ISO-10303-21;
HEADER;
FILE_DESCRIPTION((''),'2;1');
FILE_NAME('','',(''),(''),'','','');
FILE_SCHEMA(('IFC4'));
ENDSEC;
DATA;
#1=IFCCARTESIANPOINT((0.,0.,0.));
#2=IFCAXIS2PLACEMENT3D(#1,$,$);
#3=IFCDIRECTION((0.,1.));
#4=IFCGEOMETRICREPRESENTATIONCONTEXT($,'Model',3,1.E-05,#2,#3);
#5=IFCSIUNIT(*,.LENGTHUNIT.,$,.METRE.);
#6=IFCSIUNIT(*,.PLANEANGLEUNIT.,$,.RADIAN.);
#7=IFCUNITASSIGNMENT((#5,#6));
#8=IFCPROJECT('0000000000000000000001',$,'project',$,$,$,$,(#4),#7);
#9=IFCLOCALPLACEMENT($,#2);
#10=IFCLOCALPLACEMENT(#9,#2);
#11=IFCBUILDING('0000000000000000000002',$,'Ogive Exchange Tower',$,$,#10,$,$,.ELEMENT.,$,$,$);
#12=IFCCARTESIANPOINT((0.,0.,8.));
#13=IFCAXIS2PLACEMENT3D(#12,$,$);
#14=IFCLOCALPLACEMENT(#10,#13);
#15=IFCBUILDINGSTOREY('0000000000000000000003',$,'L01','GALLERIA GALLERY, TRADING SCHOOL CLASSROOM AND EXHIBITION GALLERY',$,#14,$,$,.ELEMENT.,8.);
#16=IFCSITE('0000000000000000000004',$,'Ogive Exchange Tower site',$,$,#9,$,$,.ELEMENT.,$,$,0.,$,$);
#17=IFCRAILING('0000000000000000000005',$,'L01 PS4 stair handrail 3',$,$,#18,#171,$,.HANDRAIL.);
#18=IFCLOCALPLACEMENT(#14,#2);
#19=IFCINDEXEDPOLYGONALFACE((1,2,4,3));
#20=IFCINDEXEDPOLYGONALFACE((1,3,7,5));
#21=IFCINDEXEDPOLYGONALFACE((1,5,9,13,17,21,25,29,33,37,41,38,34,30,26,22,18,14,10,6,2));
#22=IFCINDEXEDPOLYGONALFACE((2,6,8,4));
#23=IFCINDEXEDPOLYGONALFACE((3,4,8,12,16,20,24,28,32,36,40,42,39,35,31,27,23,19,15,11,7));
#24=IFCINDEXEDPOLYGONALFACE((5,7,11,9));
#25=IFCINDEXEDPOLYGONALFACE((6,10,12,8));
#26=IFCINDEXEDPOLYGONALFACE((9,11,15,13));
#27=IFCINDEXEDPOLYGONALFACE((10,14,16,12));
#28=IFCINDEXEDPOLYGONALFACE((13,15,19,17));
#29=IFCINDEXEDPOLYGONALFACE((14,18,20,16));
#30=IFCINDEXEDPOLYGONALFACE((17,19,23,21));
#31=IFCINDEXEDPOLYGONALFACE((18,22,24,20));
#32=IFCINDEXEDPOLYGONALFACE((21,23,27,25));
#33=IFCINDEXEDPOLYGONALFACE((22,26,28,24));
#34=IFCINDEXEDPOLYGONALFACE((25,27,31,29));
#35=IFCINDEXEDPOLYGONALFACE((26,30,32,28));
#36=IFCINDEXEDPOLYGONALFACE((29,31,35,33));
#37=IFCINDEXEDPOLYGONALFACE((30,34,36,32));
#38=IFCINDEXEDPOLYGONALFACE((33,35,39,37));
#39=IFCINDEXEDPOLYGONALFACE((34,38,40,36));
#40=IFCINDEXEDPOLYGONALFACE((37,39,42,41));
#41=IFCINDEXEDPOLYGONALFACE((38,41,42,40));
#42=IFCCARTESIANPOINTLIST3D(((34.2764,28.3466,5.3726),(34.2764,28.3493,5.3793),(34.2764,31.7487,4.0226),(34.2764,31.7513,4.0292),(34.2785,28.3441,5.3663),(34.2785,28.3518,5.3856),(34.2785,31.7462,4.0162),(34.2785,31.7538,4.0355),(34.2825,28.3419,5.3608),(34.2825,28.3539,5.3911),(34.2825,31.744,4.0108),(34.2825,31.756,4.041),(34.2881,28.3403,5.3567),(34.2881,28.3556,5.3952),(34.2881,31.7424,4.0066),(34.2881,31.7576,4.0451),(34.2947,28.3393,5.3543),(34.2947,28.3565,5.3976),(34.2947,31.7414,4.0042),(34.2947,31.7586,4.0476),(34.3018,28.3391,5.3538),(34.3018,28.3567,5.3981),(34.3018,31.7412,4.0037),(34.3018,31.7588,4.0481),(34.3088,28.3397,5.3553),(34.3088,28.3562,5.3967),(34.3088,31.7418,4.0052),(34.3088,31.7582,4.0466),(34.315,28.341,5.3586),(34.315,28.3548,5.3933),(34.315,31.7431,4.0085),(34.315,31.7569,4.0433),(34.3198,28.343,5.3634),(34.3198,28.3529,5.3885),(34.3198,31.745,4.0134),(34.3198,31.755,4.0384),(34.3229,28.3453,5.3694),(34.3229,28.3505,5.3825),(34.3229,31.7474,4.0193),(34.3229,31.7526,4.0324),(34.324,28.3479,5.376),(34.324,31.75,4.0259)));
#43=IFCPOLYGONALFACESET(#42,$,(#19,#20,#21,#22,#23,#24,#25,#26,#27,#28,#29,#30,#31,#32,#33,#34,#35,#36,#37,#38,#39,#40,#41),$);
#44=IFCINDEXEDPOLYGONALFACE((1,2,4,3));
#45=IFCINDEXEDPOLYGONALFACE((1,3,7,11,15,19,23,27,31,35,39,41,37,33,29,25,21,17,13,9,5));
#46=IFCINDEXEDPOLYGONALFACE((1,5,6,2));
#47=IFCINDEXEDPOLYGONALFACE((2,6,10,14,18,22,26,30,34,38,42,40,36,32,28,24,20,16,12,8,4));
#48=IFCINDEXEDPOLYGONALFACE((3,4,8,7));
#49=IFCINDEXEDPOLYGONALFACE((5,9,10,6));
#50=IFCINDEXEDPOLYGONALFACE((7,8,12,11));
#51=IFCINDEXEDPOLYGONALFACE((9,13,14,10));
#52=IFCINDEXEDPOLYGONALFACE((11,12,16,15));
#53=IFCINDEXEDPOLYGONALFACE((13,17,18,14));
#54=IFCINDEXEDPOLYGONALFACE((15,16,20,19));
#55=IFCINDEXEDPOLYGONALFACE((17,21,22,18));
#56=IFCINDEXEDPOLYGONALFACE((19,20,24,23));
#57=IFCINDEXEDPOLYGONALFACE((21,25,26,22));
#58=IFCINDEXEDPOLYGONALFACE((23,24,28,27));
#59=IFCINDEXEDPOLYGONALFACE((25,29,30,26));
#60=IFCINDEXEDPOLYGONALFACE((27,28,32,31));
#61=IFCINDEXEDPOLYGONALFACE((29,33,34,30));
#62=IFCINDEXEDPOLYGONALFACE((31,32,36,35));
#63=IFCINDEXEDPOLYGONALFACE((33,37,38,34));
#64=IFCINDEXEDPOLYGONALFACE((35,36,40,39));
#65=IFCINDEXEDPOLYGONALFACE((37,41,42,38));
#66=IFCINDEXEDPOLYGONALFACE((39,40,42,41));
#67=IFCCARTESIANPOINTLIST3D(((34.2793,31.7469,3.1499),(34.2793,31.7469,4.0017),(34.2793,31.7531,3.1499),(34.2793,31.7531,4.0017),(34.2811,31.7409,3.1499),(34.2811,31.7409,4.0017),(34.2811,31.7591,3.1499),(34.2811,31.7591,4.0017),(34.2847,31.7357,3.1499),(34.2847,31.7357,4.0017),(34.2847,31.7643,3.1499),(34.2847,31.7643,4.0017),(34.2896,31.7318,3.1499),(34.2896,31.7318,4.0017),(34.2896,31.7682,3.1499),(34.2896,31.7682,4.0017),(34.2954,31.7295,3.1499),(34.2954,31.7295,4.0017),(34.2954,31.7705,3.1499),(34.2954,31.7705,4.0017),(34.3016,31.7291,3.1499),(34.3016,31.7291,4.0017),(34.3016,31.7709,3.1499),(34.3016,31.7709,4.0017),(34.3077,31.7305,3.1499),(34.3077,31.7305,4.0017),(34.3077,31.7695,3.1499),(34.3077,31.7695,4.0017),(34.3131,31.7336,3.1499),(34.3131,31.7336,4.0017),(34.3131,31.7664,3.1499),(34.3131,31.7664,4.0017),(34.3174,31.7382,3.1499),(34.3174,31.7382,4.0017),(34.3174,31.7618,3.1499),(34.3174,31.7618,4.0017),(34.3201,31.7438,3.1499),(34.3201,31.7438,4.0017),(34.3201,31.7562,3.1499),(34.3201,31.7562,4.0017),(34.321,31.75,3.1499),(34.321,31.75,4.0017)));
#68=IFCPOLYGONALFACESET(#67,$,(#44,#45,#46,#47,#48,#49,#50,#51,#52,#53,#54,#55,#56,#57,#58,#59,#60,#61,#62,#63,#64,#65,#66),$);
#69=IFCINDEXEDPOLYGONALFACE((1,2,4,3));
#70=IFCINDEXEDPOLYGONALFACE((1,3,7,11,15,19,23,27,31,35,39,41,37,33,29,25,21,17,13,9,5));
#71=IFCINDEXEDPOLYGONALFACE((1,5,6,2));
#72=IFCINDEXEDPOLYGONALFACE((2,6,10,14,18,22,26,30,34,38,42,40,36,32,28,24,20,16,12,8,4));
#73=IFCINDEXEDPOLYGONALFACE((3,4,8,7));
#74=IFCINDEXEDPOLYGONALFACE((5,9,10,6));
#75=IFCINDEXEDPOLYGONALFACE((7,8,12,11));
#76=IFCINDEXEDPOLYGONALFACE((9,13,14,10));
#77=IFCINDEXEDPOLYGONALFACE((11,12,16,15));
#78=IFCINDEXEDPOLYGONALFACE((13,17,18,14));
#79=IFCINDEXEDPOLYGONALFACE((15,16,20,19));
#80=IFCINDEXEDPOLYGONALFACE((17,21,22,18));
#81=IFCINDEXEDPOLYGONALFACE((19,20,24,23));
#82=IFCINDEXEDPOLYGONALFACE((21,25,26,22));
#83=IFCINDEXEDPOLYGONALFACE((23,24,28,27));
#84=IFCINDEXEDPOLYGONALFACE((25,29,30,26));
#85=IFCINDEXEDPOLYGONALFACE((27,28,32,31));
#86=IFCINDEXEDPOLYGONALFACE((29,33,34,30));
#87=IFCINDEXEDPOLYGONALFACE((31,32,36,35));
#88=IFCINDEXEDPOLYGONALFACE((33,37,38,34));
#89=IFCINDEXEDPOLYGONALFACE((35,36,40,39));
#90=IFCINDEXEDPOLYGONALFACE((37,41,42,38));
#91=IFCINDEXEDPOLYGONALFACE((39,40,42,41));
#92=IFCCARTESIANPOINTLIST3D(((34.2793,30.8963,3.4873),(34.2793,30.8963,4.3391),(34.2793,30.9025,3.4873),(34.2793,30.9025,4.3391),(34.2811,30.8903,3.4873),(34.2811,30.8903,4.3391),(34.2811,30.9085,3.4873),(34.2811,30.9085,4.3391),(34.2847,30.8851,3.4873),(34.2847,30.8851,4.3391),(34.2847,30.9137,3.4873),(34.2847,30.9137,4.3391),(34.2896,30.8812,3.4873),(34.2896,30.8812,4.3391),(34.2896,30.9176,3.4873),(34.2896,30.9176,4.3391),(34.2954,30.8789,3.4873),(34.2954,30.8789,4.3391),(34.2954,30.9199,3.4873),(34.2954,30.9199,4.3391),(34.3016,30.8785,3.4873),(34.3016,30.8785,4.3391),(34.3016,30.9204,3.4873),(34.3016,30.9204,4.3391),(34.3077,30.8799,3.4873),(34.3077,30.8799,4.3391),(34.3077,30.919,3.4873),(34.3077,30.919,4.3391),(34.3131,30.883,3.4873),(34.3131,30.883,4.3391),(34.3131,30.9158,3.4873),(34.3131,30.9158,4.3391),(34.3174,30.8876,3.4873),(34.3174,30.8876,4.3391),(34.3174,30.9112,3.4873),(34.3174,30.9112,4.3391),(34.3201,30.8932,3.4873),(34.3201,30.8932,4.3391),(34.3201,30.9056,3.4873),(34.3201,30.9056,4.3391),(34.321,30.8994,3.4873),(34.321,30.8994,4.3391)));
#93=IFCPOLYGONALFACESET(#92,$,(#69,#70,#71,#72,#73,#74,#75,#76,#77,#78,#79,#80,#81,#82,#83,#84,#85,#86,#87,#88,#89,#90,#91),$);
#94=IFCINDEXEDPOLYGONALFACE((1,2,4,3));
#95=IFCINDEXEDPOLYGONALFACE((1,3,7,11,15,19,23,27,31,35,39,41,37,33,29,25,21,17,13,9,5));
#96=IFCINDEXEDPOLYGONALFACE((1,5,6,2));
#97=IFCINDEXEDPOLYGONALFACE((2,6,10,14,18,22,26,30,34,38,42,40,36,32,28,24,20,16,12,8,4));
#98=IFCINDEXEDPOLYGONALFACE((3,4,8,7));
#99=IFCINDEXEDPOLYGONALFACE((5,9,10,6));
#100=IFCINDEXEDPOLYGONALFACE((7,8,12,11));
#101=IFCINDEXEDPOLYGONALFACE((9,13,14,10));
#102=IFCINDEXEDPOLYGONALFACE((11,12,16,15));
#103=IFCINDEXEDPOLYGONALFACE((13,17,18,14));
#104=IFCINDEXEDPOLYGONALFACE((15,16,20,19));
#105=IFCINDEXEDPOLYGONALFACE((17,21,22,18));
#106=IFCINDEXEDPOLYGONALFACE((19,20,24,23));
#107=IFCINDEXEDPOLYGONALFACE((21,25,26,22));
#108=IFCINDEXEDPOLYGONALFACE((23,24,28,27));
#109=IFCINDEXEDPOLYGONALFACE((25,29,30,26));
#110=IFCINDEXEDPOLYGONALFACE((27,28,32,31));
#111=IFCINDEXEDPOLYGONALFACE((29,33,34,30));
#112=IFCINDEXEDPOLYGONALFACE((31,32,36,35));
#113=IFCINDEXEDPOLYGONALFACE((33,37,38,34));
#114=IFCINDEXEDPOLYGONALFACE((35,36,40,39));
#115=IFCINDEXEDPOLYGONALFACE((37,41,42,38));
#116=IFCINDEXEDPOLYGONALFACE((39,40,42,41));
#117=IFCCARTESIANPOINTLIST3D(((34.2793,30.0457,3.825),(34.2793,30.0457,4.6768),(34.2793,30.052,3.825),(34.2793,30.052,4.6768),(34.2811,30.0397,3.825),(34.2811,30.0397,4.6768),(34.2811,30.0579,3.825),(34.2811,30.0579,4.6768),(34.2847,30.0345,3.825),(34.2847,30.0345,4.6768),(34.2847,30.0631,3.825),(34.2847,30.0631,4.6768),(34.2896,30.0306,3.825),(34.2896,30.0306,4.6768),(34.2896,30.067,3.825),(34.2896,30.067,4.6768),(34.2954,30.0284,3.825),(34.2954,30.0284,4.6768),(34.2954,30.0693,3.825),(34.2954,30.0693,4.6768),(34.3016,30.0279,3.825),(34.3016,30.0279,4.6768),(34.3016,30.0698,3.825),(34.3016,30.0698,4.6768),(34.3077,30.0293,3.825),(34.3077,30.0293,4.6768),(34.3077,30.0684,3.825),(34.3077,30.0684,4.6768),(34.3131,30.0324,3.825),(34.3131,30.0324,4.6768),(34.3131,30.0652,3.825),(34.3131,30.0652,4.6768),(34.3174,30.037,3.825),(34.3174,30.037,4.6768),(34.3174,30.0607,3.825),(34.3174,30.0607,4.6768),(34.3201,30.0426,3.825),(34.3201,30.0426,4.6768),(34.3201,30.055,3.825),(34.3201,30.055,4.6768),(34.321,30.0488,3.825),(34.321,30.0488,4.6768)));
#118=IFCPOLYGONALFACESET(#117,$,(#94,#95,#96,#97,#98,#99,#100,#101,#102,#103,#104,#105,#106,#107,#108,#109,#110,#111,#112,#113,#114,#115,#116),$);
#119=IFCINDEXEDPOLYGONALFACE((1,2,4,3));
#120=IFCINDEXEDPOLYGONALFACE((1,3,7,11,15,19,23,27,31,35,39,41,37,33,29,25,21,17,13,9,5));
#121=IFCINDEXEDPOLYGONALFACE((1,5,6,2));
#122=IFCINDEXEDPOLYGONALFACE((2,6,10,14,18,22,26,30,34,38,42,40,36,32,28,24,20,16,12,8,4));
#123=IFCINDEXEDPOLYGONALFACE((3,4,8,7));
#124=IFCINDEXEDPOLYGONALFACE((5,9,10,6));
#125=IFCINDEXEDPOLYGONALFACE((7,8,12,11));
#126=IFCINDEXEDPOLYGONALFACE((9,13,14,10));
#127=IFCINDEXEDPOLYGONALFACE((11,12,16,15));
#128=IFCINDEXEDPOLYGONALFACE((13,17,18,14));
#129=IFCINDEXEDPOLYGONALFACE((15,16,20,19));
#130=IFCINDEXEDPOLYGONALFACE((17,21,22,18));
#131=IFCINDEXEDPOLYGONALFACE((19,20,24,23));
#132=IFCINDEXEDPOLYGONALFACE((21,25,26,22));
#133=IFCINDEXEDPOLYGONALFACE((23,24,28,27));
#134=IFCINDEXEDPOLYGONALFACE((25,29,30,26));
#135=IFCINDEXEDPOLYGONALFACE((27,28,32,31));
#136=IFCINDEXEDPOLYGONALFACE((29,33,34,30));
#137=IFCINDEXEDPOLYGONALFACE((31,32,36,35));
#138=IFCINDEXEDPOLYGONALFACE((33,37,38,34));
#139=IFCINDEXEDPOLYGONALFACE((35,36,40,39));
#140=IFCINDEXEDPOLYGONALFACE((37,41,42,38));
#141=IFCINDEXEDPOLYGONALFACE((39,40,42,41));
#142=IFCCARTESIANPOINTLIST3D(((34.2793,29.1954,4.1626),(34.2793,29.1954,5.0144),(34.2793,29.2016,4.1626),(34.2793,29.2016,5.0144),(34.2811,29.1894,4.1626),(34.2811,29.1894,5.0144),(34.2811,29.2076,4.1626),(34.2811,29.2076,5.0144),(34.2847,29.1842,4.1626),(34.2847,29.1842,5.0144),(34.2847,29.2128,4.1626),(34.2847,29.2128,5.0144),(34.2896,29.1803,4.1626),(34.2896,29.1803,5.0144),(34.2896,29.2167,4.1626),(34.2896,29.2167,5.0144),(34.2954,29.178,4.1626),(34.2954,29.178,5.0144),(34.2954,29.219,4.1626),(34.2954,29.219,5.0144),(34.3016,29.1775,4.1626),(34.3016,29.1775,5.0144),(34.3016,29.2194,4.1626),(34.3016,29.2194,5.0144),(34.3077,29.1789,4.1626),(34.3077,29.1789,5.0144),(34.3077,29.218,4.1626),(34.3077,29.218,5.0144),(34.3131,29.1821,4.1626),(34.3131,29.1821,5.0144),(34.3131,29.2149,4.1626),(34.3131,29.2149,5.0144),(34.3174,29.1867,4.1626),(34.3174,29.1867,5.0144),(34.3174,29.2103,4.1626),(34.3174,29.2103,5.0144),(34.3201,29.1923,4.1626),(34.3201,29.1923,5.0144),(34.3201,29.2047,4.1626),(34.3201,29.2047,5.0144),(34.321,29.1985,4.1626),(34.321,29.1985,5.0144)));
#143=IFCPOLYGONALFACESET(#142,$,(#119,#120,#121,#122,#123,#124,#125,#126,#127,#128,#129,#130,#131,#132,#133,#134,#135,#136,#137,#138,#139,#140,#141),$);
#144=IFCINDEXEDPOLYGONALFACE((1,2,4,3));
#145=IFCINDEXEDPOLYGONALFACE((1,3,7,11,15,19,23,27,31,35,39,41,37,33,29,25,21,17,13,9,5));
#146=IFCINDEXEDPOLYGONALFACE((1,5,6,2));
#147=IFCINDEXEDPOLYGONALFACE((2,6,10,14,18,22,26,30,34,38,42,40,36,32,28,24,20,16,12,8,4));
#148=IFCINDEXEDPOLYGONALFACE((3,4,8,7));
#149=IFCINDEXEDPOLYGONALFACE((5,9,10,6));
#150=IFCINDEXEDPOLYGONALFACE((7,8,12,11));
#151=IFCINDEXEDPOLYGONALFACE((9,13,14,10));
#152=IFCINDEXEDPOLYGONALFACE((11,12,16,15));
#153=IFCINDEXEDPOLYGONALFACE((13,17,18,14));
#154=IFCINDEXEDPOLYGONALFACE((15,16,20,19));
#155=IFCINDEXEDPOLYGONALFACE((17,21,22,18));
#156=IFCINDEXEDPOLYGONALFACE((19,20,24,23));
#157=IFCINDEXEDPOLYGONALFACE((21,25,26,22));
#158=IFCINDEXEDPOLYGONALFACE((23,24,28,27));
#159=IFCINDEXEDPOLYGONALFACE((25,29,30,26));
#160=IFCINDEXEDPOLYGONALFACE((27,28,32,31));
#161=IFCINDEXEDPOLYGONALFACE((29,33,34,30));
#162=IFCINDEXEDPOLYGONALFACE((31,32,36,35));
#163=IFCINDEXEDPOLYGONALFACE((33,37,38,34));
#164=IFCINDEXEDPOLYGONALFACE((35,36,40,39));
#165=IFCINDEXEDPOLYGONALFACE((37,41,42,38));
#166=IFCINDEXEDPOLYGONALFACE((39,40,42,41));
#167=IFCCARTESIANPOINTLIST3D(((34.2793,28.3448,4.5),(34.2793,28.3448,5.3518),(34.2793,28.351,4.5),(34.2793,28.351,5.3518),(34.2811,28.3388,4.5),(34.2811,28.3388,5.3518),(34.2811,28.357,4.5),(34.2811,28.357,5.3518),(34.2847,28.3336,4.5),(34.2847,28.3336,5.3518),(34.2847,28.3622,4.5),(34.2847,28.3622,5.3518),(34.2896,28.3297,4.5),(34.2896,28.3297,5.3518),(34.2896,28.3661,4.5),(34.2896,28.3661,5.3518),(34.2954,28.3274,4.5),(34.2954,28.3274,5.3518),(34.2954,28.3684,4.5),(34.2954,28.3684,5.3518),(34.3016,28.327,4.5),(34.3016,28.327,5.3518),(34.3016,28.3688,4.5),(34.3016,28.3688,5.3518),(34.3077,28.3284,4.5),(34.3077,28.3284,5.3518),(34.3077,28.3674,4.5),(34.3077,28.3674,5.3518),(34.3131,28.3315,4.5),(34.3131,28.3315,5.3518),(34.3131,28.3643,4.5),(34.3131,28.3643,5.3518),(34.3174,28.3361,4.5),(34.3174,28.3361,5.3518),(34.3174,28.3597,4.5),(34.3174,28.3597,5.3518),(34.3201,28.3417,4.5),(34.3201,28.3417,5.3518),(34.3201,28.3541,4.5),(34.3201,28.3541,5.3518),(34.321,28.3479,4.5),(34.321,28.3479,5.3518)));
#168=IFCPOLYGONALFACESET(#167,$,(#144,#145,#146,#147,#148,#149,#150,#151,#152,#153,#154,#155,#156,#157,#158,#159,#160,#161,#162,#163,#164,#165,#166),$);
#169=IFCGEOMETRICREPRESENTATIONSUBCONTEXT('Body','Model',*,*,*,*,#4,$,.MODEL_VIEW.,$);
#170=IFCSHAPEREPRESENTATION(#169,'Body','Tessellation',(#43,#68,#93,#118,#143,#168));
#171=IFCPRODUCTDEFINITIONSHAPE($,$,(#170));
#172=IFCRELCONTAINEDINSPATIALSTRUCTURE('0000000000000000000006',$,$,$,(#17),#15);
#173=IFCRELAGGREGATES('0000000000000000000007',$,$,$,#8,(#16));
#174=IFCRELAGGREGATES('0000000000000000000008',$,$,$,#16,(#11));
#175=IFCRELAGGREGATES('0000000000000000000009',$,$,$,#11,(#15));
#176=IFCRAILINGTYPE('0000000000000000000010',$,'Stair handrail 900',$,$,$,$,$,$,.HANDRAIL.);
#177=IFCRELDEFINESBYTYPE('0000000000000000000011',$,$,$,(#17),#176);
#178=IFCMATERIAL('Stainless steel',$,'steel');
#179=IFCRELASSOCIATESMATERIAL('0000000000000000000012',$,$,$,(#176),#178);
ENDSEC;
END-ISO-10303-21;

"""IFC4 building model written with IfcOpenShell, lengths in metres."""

from ifc_helpers import new_model, si_unit, direction, frame, origin, origin_2d, place, context, subcontext, project, spatial, circle, extrude, material, type_object, element, save


model = new_model("IFC4")

# Units and contexts
model_context = context("Model", 3, precision=1e-05, world=origin(), true_north=direction((0.0, 1.0)))
body_context = subcontext(model_context, "Body", "Model", "MODEL_VIEW")
ifc_project = project(units=[si_unit("LENGTHUNIT", "METRE"), si_unit("PLANEANGLEUNIT", "RADIAN")], contexts=[model_context])

# Site, building, storey
site_placement = place(None, origin())
site = spatial("IfcSite", under=ifc_project, at=site_placement, Name="Ogive Exchange Tower site", CompositionType="ELEMENT", RefElevation=0.0)
building_placement = place(site_placement, origin())
building = spatial("IfcBuilding", under=site, at=building_placement, Name="Ogive Exchange Tower", CompositionType="ELEMENT")
storey_placement = place(building_placement, frame((0.0, 0.0, 8.0)))
storey = spatial("IfcBuildingStorey", under=building, at=storey_placement, Name="L01", Description="GALLERIA GALLERY, TRADING SCHOOL CLASSROOM AND EXHIBITION GALLERY", CompositionType="ELEMENT", Elevation=8.0)

# Railing
ifc_material_1 = material(Name="Stainless steel", Category="steel")
railing_type = type_object("IfcRailingType", Name="Stair handrail 900", PredefinedType="HANDRAIL", material=ifc_material_1)
railing_1_placement = place(storey_placement, frame((34.3, 31.75, 3.1499)))
element("IfcRailing", 1, at=railing_1_placement, inside=storey, type_object=railing_type, Name="L01 PS4 stair handrail 3", PredefinedType="HANDRAIL", context=body_context, shape_type="SweptSolid", body=[
    extrude(circle(Radius=0.0239, at=origin_2d()), frame((0.0, 0.0, 0.876), z_axis=(0.0, -0.929485, 0.368859), x_axis=(1.0, 0.0, 0.0)), (0.0, 0.0, 1.0), 3.6602),
    extrude(circle(Radius=0.021, at=origin_2d()), origin(), (0.0, 0.0, 1.0), 0.8518),
    extrude(circle(Radius=0.021, at=origin_2d()), frame((0.0, -0.8506, 0.3374)), (0.0, 0.0, 1.0), 0.8518),
    extrude(circle(Radius=0.021, at=origin_2d()), frame((0.0, -1.7012, 0.675)), (0.0, 0.0, 1.0), 0.8518),
    extrude(circle(Radius=0.021, at=origin_2d()), frame((0.0, -2.5515, 1.0127)), (0.0, 0.0, 1.0), 0.8518),
    extrude(circle(Radius=0.021, at=origin_2d()), frame((0.0, -3.4021, 1.3501)), (0.0, 0.0, 1.0), 0.8518),
])

save(model, "model.ifc")
